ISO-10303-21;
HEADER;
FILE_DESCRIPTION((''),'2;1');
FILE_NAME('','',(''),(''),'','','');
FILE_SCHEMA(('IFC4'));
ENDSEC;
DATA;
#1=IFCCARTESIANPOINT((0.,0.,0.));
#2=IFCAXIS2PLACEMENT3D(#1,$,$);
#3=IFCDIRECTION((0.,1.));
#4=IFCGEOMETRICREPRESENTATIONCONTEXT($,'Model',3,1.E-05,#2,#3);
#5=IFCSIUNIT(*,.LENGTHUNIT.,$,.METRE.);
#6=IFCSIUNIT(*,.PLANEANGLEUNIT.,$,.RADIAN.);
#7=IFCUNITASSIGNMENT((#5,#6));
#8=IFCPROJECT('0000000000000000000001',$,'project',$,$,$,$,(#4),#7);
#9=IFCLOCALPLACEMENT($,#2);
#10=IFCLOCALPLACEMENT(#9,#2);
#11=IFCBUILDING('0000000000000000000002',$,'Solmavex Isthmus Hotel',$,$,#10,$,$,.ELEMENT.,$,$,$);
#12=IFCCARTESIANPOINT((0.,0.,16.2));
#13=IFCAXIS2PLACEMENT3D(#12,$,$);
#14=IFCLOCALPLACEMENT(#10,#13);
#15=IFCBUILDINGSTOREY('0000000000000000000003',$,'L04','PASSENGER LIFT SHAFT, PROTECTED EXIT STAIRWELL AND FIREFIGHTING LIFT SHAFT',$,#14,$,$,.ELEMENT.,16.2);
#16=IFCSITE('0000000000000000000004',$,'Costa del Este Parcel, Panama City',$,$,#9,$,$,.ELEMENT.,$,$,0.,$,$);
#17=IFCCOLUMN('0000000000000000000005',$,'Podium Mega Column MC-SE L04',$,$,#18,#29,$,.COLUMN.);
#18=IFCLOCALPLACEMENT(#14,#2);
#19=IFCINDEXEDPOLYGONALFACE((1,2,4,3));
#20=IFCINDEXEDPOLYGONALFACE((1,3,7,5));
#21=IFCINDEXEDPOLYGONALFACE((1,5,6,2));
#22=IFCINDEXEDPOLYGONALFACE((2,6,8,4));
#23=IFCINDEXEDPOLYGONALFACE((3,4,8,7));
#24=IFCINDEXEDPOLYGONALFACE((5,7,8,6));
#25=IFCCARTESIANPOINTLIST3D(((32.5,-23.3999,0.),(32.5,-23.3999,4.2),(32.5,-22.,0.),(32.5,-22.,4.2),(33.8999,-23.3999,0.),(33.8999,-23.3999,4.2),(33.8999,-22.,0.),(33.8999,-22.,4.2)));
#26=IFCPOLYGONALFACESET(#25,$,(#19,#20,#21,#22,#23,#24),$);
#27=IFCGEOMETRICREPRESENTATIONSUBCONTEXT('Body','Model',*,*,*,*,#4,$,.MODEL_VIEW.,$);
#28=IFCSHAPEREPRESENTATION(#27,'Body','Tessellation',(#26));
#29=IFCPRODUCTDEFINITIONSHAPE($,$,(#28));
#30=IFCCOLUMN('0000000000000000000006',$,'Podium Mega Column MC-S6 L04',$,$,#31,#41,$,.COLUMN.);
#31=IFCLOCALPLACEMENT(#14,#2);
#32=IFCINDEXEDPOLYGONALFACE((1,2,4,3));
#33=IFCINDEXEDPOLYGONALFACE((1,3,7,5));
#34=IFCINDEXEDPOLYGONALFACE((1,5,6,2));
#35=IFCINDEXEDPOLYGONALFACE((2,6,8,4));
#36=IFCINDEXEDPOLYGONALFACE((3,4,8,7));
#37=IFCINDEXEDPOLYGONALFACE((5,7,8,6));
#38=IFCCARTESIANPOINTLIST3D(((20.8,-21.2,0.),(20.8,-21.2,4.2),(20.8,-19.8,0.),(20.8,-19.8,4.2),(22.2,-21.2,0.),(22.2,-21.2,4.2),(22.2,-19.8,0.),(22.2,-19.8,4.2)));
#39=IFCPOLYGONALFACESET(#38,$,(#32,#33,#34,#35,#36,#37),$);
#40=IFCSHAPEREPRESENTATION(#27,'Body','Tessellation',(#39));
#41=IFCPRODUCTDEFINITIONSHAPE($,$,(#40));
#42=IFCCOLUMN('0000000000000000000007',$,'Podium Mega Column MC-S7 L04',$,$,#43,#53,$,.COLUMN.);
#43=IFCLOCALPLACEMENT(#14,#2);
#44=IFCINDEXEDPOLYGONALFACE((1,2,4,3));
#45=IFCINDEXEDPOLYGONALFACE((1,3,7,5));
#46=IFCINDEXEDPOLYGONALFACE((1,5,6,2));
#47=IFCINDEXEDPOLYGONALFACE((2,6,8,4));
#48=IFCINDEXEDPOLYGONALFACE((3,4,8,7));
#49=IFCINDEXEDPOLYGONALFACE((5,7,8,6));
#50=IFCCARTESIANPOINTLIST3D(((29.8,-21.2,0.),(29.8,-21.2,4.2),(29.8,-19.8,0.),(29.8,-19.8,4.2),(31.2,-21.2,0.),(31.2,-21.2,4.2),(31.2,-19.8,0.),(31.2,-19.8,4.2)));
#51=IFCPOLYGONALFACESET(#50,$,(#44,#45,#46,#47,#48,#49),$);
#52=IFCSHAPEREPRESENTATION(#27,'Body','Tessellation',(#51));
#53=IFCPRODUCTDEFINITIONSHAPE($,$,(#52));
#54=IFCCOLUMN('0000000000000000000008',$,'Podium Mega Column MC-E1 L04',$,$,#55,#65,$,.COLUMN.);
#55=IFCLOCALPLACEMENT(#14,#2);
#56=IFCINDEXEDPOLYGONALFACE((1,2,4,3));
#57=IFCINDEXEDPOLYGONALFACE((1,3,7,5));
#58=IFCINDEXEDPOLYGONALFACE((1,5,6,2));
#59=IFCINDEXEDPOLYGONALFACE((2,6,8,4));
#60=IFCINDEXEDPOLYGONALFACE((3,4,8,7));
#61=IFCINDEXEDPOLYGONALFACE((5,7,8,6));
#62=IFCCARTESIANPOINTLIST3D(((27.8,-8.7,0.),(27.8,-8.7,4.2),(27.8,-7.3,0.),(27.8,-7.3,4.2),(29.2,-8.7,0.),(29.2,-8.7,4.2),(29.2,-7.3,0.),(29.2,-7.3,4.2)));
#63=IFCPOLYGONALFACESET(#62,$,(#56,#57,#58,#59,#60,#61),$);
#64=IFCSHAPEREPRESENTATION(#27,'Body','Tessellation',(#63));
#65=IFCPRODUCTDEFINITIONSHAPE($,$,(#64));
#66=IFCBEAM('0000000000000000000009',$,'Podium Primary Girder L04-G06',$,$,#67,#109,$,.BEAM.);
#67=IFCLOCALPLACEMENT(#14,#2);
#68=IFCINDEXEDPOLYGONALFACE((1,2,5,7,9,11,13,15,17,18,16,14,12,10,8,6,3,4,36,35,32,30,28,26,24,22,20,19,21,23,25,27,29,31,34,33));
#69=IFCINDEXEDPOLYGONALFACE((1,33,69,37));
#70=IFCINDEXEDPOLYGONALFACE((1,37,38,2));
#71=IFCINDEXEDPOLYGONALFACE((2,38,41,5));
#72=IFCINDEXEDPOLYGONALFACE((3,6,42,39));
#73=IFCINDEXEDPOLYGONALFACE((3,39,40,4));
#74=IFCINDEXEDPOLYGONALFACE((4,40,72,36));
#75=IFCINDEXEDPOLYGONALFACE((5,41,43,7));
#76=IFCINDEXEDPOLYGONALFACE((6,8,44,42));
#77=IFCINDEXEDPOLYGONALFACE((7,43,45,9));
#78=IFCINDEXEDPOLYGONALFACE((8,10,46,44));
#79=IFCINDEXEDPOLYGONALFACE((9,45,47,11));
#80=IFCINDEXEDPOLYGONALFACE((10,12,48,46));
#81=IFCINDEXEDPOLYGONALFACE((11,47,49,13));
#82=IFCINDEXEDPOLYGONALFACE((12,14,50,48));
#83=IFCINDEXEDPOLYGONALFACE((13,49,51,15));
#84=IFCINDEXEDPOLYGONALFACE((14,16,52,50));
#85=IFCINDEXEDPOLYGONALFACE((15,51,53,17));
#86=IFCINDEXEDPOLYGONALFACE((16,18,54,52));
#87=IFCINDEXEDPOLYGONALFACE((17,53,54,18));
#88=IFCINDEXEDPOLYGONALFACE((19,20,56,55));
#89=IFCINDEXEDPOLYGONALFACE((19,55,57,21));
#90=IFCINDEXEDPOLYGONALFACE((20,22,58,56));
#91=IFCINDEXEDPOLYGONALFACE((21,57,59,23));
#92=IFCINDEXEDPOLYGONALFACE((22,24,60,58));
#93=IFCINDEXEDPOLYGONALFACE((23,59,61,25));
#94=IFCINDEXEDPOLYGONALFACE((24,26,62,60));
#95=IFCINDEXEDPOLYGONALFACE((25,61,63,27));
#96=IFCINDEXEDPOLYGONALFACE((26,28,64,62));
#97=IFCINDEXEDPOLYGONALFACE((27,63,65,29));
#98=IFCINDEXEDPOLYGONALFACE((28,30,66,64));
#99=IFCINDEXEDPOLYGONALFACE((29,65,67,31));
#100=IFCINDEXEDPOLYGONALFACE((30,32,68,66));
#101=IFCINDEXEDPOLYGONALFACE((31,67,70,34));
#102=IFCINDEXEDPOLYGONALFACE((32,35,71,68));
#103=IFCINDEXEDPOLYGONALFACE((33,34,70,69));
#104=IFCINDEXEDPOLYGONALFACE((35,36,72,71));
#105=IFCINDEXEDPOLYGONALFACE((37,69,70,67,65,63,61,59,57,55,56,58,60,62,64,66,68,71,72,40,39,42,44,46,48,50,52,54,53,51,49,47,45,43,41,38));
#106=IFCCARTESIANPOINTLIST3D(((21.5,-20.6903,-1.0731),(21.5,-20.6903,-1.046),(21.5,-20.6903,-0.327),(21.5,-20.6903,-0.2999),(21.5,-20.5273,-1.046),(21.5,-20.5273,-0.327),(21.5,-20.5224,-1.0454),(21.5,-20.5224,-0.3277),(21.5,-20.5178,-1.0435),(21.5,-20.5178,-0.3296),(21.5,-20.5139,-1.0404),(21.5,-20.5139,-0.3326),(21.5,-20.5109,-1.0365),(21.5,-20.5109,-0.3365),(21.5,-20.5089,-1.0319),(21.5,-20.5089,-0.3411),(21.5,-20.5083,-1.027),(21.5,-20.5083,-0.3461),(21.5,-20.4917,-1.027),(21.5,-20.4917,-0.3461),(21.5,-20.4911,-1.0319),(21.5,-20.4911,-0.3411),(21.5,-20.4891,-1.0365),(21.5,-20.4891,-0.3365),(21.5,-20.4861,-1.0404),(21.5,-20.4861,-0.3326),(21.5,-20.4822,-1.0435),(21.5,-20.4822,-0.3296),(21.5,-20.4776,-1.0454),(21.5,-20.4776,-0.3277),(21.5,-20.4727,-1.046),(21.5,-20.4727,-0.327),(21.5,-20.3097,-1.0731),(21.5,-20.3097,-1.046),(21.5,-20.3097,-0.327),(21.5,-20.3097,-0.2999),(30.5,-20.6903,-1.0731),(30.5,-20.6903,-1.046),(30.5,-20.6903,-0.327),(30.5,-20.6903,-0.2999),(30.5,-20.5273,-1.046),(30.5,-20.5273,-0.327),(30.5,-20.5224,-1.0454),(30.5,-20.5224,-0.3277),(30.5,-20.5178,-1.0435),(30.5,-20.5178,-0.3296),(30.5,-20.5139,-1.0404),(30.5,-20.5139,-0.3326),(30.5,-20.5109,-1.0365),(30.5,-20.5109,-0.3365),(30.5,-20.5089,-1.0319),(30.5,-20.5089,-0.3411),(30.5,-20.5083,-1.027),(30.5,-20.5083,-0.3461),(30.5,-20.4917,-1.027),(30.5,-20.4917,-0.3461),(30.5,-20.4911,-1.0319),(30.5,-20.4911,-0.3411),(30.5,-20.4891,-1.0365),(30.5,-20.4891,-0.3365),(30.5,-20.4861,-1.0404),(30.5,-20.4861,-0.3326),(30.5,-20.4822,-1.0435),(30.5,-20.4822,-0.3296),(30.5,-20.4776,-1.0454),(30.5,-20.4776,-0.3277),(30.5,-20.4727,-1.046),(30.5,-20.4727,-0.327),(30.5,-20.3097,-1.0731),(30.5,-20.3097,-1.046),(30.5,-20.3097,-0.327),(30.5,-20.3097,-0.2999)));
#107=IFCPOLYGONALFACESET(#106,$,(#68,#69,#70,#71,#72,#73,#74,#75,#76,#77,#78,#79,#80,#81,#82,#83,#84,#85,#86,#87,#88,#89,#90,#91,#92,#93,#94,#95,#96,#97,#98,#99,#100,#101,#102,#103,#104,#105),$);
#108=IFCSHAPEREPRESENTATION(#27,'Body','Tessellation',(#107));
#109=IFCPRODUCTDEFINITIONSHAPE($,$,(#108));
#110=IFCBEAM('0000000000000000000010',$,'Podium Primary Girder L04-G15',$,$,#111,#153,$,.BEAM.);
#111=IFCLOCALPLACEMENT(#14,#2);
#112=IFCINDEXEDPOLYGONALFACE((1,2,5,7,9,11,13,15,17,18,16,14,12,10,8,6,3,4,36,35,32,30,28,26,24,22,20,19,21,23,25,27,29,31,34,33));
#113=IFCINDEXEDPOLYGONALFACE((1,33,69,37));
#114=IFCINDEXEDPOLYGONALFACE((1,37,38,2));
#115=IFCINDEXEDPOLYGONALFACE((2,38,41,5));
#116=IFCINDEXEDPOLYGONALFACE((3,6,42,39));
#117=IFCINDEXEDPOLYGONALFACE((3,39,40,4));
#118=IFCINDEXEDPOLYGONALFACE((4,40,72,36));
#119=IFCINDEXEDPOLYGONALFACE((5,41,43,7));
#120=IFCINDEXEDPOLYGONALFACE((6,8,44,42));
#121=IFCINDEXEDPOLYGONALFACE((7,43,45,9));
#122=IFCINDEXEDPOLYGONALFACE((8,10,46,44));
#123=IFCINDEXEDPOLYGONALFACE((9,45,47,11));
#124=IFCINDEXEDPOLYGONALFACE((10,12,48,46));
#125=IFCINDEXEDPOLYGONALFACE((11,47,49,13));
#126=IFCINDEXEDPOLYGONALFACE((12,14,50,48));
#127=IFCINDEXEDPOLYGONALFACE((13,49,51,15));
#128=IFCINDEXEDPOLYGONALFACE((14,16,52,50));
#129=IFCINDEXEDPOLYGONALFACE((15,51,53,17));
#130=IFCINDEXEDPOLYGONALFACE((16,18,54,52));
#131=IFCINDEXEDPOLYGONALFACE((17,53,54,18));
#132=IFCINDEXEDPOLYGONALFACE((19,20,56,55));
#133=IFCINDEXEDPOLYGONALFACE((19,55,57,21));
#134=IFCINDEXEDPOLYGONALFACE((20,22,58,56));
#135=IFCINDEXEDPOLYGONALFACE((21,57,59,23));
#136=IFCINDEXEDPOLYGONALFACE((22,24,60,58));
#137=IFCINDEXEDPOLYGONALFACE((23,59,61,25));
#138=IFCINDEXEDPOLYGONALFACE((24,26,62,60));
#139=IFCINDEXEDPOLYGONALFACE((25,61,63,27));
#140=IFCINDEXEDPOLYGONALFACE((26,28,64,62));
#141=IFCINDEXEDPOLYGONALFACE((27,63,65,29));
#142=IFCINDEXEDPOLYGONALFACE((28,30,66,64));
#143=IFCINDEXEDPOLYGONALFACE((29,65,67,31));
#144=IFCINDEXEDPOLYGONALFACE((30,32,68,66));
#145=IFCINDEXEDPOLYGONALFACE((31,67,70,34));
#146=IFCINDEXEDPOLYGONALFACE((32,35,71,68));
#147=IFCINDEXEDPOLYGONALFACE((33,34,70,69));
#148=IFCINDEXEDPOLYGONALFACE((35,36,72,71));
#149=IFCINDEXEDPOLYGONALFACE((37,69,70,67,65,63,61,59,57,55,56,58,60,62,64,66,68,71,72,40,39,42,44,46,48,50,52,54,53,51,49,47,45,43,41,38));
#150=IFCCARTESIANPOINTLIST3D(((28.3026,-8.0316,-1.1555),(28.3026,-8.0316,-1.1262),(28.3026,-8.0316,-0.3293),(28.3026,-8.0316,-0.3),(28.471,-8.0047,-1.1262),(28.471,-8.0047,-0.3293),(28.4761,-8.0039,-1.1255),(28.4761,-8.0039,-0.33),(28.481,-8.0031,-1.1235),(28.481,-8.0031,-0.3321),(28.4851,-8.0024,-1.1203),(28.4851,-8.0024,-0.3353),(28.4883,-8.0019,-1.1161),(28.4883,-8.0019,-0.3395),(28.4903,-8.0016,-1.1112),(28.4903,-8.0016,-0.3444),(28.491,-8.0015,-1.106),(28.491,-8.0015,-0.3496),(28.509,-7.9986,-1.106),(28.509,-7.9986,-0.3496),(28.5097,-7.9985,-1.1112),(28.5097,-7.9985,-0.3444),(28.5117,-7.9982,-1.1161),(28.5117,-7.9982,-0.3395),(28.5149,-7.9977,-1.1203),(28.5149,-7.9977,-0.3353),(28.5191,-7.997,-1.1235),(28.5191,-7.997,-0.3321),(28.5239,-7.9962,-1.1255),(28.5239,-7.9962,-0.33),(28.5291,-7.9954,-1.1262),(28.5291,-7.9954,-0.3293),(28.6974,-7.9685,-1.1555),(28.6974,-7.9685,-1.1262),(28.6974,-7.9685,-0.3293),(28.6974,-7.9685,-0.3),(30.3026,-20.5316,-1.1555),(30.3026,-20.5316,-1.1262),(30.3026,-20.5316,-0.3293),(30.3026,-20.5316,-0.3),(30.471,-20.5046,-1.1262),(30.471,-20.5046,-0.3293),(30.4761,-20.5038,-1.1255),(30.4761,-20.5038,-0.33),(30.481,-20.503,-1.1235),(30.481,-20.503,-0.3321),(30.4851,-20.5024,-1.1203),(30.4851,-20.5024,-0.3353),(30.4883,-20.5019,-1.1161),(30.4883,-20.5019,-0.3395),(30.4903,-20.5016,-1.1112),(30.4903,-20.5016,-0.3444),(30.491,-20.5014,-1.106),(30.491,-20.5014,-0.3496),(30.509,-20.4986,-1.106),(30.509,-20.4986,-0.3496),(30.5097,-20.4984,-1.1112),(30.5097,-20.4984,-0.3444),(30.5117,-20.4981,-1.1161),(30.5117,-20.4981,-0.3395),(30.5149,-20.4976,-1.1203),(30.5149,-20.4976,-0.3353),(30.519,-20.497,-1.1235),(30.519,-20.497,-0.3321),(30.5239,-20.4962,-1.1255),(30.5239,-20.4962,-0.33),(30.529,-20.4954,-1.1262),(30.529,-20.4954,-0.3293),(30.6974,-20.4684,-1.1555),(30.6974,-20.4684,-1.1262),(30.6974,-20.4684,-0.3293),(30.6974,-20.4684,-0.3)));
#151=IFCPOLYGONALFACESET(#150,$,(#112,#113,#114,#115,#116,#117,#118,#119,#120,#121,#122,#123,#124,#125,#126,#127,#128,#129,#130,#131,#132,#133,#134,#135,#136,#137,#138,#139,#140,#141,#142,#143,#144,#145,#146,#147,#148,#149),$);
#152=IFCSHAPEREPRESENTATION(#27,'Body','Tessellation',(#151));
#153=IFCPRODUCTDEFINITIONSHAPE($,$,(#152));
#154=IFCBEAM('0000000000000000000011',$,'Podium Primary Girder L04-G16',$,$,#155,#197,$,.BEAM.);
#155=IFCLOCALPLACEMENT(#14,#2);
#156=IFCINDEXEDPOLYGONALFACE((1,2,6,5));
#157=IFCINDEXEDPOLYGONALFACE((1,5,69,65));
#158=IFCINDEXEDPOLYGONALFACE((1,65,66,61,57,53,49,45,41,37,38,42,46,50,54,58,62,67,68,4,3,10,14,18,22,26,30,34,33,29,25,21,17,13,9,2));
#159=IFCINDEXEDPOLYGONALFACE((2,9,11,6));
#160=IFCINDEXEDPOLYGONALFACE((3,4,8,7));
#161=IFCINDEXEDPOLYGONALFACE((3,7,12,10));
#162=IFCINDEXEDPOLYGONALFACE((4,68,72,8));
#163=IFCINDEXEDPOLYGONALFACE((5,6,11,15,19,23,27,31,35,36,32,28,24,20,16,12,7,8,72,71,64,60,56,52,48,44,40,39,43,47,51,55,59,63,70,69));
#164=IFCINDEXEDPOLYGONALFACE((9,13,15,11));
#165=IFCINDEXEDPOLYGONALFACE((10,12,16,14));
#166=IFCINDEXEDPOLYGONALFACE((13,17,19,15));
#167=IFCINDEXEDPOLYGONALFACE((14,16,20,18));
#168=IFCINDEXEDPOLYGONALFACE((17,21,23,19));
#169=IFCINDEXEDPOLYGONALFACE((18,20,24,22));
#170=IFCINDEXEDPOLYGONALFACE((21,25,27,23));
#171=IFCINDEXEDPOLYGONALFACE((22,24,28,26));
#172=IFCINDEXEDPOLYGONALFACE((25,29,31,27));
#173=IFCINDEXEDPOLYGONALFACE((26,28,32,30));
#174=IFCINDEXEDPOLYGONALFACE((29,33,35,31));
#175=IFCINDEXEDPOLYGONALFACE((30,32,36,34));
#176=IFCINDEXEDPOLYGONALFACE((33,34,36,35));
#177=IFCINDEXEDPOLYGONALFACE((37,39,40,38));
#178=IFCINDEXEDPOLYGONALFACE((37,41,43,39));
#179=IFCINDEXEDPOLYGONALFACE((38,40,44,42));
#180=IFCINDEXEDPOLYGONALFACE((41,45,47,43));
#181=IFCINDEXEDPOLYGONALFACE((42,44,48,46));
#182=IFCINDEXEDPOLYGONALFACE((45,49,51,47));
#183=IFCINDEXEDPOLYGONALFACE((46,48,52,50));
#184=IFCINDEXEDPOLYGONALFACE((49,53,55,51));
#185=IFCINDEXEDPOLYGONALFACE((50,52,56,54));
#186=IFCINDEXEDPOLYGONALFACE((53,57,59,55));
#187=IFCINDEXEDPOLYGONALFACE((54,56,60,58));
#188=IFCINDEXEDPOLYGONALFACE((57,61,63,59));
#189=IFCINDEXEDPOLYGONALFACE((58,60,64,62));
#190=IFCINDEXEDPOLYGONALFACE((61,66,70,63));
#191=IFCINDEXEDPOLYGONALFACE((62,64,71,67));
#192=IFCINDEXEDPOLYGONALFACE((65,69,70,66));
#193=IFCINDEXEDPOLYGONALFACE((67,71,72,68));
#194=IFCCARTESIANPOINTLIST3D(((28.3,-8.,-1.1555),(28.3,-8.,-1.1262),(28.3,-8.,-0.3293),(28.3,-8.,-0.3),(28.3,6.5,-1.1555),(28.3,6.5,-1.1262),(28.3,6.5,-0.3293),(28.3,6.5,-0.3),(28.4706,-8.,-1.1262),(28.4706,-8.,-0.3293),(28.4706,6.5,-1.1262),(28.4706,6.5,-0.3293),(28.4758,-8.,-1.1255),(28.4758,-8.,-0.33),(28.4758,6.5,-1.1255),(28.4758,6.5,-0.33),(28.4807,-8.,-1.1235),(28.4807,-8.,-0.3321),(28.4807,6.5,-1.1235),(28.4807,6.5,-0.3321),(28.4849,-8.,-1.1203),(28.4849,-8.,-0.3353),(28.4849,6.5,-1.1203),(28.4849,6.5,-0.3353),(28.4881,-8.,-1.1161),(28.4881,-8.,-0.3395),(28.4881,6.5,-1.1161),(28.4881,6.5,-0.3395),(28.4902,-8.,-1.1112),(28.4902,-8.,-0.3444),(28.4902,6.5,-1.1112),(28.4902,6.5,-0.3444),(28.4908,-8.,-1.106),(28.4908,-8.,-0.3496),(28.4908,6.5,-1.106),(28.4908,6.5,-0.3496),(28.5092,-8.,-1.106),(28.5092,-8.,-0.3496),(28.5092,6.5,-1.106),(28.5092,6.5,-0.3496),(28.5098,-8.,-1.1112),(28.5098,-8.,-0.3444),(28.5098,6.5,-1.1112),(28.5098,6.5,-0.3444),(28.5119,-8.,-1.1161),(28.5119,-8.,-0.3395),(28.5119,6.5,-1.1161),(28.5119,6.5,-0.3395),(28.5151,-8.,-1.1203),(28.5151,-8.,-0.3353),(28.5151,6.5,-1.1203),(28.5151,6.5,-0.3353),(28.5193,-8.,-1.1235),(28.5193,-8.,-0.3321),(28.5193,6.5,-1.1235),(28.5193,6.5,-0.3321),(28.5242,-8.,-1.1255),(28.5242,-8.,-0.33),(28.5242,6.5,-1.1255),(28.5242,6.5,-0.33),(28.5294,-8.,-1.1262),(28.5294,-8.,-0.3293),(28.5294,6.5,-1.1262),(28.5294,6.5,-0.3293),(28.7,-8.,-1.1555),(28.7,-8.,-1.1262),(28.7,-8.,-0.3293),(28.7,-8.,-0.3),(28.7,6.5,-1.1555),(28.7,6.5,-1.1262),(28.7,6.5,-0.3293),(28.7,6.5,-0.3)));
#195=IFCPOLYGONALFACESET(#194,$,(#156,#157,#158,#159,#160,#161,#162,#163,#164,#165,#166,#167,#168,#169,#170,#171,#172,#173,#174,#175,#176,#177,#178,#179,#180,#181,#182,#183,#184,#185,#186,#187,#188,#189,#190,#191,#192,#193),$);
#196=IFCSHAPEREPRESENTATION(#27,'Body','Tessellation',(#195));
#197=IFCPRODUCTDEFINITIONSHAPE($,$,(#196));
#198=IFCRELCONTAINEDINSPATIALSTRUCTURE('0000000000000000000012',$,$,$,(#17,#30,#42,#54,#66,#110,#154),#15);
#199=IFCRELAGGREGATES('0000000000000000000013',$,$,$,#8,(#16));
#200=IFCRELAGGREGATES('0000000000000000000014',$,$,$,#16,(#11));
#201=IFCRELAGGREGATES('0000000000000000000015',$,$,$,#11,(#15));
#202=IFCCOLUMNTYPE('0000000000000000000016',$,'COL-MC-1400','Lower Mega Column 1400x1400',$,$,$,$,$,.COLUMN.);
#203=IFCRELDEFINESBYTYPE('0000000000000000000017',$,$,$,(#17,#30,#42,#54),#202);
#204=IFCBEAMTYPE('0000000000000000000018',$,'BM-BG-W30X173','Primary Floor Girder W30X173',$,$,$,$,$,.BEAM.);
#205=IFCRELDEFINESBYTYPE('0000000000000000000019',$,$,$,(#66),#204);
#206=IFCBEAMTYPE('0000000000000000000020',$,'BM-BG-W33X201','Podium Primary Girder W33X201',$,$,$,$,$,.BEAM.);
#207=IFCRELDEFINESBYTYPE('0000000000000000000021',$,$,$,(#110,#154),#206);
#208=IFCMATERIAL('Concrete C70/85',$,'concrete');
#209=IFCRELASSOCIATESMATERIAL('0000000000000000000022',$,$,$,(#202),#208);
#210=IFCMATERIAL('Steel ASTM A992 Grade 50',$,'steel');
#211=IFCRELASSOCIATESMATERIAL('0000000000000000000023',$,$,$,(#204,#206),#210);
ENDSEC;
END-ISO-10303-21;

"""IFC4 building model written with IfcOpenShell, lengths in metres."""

from ifc_helpers import new_model, si_unit, direction, frame, origin, origin_2d, place, context, subcontext, project, spatial, rectangle, i_section, extrude, material, material_profile, profile_set, type_object, element, save


model = new_model("IFC4")

# Units and contexts
model_context = context("Model", 3, precision=1e-05, world=origin(), true_north=direction((0.0, 1.0)))
body_context = subcontext(model_context, "Body", "Model", "MODEL_VIEW")
ifc_project = project(units=[si_unit("LENGTHUNIT", "METRE"), si_unit("PLANEANGLEUNIT", "RADIAN")], contexts=[model_context])

# Site, building, storey
site_placement = place(None, origin())
site = spatial("IfcSite", under=ifc_project, at=site_placement, Name="Costa del Este Parcel, Panama City", CompositionType="ELEMENT", RefElevation=0.0)
building_placement = place(site_placement, origin())
building = spatial("IfcBuilding", under=site, at=building_placement, Name="Solmavex Isthmus Hotel", CompositionType="ELEMENT")
storey_placement = place(building_placement, frame((0.0, 0.0, 16.2)))
storey = spatial("IfcBuildingStorey", under=building, at=storey_placement, Name="L04", Description="PASSENGER LIFT SHAFT, PROTECTED EXIT STAIRWELL AND FIREFIGHTING LIFT SHAFT", CompositionType="ELEMENT", Elevation=16.2)

# Columns
ifc_material_1 = material(Name="Concrete C70/85", Category="concrete")
ifc_material_profile_1 = material_profile(ifc_material_1, rectangle(XDim=1.3999, YDim=1.3999, at=origin_2d()), Name="RC1400X1400")
ifc_profile_set_1 = profile_set([ifc_material_profile_1], Name="Concrete C70/85")
column_type = type_object("IfcColumnType", Name="COL-MC-1400", Description="Lower Mega Column 1400x1400", PredefinedType="COLUMN", material=ifc_profile_set_1)
for number, where, z_axis, x_axis, name in (
    (1, (33.2, -22.7, 0.0), (0.0, 0.0, 1.0), (1.0, 0.0, 0.0), "Podium Mega Column MC-SE L04"),
    (2, (21.5, -20.5, 0.0), (0.0, 0.0, 1.0), (1.0, 0.0, 0.0), "Podium Mega Column MC-S6 L04"),
    (3, (30.5, -20.5, 0.0), (0.0, 0.0, 1.0), (1.0, 0.0, 0.0), "Podium Mega Column MC-S7 L04"),
    (4, (28.5, -8.0, 0.0), (0.0, 0.0, 1.0), (1.0, 0.0, 0.0), "Podium Mega Column MC-E1 L04"),
):
    element("IfcColumn", number, at=place(storey_placement, frame(where, z_axis=z_axis, x_axis=x_axis)), inside=storey, type_object=column_type, Name=name, PredefinedType="COLUMN", context=body_context, shape_type="SweptSolid", body=[
        extrude(rectangle(XDim=1.3999, YDim=1.3999, at=origin_2d()), origin(), (0.0, 0.0, 1.0), 4.2),
    ])

# Beams
ifc_material_2 = material(Name="Steel ASTM A992 Grade 50", Category="steel")
ifc_material_profile_2 = material_profile(ifc_material_2, i_section(OverallWidth=0.3806, OverallDepth=0.7732, WebThickness=0.0166, FlangeThickness=0.0271, FilletRadius=0.019, at=origin_2d()), Name="W30X173")
ifc_profile_set_2 = profile_set([ifc_material_profile_2], Name="Steel ASTM A992 Grade 50")
beam_type_1 = type_object("IfcBeamType", Name="BM-BG-W30X173", Description="Primary Floor Girder W30X173", PredefinedType="BEAM", material=ifc_profile_set_2)
beam_1_placement = place(storey_placement, frame((21.5, -20.5, -0.6865), z_axis=(1.0, 0.0, 0.0), x_axis=(0.0, 1.0, 0.0)))
element("IfcBeam", 5, at=beam_1_placement, inside=storey, type_object=beam_type_1, Name="Podium Primary Girder L04-G06", PredefinedType="BEAM", context=body_context, shape_type="SweptSolid", body=[
    extrude(i_section(OverallWidth=0.3806, OverallDepth=0.7732, WebThickness=0.0166, FlangeThickness=0.0271, FilletRadius=0.019, at=origin_2d()), origin(), (0.0, 0.0, 1.0), 9.0),
])
ifc_material_profile_3 = material_profile(ifc_material_2, i_section(OverallWidth=0.3999, OverallDepth=0.8555, WebThickness=0.0183, FlangeThickness=0.0293, FilletRadius=0.0203, at=origin_2d()), Name="W33X201")
ifc_profile_set_3 = profile_set([ifc_material_profile_3], Name="Steel ASTM A992 Grade 50")
beam_type_2 = type_object("IfcBeamType", Name="BM-BG-W33X201", Description="Podium Primary Girder W33X201", PredefinedType="BEAM", material=ifc_profile_set_3)
beam_2_placement = place(storey_placement, frame((30.5, -20.5, -0.7278), z_axis=(-0.157991, 0.987441, 0.0), x_axis=(-0.987441, -0.157991, 0.0)))
element("IfcBeam", 6, at=beam_2_placement, inside=storey, type_object=beam_type_2, Name="Podium Primary Girder L04-G15", PredefinedType="BEAM", context=body_context, shape_type="SweptSolid", body=[
    extrude(i_section(OverallWidth=0.3999, OverallDepth=0.8555, WebThickness=0.0183, FlangeThickness=0.0293, FilletRadius=0.0203, at=origin_2d()), origin(), (0.0, 0.0, 1.0), 12.6589),
])
beam_3_placement = place(storey_placement, frame((28.5, -8.0, -0.7278), z_axis=(0.0, 1.0, 0.0), x_axis=(-1.0, 0.0, 0.0)))
element("IfcBeam", 7, at=beam_3_placement, inside=storey, type_object=beam_type_2, Name="Podium Primary Girder L04-G16", PredefinedType="BEAM", context=body_context, shape_type="SweptSolid", body=[
    extrude(i_section(OverallWidth=0.3999, OverallDepth=0.8555, WebThickness=0.0183, FlangeThickness=0.0293, FilletRadius=0.0203, at=origin_2d()), origin(), (0.0, 0.0, 1.0), 14.5),
])

save(model, "model.ifc")
